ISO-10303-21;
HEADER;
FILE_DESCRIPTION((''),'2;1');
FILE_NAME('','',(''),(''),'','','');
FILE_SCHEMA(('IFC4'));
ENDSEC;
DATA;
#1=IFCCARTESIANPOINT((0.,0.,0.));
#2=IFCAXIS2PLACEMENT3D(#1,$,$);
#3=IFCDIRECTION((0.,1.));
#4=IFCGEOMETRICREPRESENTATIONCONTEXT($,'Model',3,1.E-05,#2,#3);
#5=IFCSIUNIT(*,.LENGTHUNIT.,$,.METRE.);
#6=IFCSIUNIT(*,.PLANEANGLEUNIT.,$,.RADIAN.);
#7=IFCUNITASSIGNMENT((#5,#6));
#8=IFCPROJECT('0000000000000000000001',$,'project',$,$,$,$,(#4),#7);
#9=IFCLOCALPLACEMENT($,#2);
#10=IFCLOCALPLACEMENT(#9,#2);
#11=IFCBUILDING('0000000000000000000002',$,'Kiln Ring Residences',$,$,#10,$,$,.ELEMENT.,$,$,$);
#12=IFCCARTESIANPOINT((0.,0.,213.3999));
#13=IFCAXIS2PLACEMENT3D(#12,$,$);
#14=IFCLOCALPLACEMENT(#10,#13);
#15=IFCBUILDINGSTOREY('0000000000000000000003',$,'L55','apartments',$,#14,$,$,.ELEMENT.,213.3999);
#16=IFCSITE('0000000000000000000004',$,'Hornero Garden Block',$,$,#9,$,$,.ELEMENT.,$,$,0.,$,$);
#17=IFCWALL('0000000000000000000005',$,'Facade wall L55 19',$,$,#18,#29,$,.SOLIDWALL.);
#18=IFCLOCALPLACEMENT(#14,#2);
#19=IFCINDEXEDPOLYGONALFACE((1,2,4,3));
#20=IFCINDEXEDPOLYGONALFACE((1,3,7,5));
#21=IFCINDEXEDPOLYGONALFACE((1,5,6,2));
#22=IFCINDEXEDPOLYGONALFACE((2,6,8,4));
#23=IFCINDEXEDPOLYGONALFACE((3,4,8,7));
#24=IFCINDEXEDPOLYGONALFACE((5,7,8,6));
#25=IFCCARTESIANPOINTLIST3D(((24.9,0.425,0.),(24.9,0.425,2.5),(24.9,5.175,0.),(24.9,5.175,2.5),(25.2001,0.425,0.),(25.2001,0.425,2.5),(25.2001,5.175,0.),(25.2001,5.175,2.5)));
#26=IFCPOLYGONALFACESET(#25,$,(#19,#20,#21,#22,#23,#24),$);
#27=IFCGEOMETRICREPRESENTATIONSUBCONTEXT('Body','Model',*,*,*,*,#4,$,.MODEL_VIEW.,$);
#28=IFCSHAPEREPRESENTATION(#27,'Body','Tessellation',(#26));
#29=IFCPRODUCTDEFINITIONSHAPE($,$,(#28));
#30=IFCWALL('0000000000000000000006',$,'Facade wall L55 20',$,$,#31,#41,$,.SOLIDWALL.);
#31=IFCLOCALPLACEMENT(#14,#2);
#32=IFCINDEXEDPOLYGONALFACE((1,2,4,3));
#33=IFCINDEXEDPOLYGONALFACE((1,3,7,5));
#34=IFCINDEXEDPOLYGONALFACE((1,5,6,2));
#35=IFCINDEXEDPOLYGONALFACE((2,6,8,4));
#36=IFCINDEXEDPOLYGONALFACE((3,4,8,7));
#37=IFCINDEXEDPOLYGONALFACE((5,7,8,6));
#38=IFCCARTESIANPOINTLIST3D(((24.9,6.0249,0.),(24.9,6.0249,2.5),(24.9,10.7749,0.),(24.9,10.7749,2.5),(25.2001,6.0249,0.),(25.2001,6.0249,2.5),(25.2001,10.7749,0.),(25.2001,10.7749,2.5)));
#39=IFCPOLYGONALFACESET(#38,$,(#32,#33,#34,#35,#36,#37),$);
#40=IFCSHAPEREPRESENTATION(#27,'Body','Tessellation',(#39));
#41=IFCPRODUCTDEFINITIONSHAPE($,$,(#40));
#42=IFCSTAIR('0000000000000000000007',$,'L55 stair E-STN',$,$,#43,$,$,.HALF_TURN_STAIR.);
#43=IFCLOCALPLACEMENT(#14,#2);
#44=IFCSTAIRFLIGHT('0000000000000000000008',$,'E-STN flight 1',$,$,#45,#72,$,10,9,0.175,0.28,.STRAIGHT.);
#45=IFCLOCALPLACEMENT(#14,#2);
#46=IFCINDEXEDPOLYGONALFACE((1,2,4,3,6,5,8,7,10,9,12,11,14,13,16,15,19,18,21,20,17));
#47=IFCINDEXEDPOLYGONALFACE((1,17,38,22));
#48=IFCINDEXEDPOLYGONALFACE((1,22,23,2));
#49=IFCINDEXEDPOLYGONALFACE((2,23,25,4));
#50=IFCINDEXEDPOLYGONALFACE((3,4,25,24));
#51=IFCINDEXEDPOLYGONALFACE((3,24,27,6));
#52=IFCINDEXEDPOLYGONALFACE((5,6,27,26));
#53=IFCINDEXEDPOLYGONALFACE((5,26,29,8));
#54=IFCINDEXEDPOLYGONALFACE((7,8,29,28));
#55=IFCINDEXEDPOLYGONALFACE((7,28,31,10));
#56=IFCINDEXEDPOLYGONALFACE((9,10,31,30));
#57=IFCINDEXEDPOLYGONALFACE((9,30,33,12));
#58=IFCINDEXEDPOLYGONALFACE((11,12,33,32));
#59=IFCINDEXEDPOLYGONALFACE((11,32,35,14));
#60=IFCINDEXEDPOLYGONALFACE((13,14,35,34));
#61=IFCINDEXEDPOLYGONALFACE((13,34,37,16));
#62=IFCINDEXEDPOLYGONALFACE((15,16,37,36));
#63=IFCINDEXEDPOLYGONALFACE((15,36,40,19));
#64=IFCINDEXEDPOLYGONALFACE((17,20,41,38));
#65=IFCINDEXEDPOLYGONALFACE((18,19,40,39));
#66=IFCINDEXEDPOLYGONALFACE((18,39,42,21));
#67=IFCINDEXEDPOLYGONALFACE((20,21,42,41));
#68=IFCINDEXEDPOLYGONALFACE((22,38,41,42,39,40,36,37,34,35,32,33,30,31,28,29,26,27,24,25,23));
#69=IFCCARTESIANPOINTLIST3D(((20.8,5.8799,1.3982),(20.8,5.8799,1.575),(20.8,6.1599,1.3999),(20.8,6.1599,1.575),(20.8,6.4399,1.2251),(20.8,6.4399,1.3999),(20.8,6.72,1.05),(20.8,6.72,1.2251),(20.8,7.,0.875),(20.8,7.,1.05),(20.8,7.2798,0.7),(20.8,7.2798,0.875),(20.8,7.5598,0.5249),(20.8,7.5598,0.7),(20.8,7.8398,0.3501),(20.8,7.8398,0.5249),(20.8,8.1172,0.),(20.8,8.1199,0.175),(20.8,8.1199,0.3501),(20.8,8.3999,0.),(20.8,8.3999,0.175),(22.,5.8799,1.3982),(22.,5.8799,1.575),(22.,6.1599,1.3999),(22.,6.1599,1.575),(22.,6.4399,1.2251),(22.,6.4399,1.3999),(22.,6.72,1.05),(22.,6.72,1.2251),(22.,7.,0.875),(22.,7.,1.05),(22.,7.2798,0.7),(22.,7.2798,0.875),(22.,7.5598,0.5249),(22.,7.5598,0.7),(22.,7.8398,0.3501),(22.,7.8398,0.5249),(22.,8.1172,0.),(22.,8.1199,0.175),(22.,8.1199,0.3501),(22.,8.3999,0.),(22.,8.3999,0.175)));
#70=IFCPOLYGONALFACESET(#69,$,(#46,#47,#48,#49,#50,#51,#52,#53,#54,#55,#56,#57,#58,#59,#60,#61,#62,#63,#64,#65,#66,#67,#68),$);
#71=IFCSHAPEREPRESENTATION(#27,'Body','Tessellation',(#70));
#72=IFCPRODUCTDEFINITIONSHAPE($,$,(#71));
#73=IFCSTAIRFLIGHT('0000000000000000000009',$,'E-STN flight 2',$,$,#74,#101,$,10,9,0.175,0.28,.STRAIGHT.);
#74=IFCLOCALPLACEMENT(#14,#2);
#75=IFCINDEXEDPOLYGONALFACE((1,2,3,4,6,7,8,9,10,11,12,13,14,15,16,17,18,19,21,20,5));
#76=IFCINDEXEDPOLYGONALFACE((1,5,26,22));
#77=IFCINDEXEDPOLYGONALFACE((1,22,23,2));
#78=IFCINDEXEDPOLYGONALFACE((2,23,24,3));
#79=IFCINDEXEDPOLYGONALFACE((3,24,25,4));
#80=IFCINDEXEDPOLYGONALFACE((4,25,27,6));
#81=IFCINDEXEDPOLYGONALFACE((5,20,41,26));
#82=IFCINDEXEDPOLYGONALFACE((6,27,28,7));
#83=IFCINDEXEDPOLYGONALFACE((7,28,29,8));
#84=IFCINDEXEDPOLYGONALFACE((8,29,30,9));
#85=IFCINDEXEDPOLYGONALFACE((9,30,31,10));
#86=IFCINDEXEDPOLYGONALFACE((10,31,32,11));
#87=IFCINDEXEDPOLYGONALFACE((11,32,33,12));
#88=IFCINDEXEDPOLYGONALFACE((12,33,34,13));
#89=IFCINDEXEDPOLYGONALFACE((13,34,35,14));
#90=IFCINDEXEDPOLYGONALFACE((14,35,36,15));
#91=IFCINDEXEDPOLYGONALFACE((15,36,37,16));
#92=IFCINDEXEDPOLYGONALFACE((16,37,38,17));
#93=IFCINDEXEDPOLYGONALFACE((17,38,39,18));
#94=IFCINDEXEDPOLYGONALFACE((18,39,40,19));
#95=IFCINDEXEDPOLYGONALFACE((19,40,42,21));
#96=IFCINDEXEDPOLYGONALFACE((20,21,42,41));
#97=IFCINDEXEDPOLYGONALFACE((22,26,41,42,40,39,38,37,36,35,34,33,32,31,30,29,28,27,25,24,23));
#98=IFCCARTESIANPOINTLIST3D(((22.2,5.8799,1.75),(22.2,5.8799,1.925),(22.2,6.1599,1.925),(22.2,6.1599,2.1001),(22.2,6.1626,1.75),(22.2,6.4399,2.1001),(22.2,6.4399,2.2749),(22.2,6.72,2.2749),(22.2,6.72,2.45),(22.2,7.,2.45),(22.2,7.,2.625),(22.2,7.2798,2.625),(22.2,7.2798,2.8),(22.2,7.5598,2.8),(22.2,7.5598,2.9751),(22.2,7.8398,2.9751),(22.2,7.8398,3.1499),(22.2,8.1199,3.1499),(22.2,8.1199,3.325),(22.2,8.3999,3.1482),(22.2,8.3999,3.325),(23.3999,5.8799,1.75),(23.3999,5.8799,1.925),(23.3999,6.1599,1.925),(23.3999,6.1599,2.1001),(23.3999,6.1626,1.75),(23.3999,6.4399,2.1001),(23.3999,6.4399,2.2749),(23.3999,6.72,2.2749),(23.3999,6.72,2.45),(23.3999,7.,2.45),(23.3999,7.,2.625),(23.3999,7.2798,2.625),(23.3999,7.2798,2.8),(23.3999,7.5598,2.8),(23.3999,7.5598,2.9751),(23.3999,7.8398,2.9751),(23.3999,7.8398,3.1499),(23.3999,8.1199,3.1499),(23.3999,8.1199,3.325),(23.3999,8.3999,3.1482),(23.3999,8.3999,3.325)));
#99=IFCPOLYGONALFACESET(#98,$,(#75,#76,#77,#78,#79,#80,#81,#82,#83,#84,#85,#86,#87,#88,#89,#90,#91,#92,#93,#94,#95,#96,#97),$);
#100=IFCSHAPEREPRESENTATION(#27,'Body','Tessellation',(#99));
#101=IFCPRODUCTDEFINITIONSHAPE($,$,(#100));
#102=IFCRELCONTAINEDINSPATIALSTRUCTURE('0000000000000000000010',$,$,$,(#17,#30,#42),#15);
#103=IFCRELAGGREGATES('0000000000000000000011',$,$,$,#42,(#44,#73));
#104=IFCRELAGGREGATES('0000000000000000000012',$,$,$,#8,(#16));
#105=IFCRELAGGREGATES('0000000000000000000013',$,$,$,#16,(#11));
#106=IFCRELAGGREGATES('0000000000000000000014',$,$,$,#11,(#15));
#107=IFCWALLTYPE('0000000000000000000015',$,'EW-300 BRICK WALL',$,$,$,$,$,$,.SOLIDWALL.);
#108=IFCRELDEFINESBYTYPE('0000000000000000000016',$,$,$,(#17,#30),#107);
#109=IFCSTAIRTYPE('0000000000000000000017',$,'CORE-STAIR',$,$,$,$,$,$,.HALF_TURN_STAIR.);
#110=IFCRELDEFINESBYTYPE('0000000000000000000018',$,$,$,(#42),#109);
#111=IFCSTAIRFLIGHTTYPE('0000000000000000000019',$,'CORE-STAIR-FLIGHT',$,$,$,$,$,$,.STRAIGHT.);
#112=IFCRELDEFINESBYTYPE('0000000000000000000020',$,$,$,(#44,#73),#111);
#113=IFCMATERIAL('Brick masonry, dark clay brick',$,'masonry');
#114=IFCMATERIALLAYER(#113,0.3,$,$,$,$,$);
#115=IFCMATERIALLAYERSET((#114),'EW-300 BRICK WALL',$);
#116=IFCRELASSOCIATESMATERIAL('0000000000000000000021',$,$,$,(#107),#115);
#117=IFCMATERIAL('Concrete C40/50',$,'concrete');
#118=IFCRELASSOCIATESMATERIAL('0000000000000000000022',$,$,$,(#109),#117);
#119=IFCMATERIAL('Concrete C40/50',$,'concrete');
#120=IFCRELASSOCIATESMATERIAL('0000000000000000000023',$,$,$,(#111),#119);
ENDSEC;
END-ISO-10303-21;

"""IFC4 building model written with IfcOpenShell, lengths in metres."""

from ifc_helpers import new_model, si_unit, direction, frame, frame_2d, origin, place, context, subcontext, project, spatial, polyline, rectangle, outline, extrude, material, layer, layer_set, type_object, element, aggregate, save


model = new_model("IFC4")

# Units and contexts
model_context = context("Model", 3, precision=1e-05, world=origin(), true_north=direction((0.0, 1.0)))
body_context = subcontext(model_context, "Body", "Model", "MODEL_VIEW")
ifc_project = project(units=[si_unit("LENGTHUNIT", "METRE"), si_unit("PLANEANGLEUNIT", "RADIAN")], contexts=[model_context])

# Site, building, storey
site_placement = place(None, origin())
site = spatial("IfcSite", under=ifc_project, at=site_placement, Name="Hornero Garden Block", CompositionType="ELEMENT", RefElevation=0.0)
building_placement = place(site_placement, origin())
building = spatial("IfcBuilding", under=site, at=building_placement, Name="Kiln Ring Residences", CompositionType="ELEMENT")
storey_placement = place(building_placement, frame((0.0, 0.0, 213.3999)))
storey = spatial("IfcBuildingStorey", under=building, at=storey_placement, Name="L55", Description="apartments", CompositionType="ELEMENT", Elevation=213.3999)

# Walls
ifc_material_1 = material(Name="Brick masonry, dark clay brick", Category="masonry")
ifc_layer_1 = layer(ifc_material_1, 0.3)
ifc_layer_set_1 = layer_set([ifc_layer_1], Name="EW-300 BRICK WALL")
wall_type_1 = type_object("IfcWallType", Name="EW-300 BRICK WALL", PredefinedType="SOLIDWALL", material=ifc_layer_set_1)
for number, where, z_axis, x_axis, name in (
    (1, (25.05, 0.425, 0.0), (0.0, 0.0, 1.0), (0.0, 1.0, 0.0), "Facade wall L55 19"),
    (2, (25.05, 6.0249, 0.0), (0.0, 0.0, 1.0), (0.0, 1.0, 0.0), "Facade wall L55 20"),
):
    element("IfcWall", number, at=place(storey_placement, frame(where, z_axis=z_axis, x_axis=x_axis)), inside=storey, type_object=wall_type_1, Name=name, PredefinedType="SOLIDWALL", context=body_context, shape_type="SweptSolid", body=[
        extrude(rectangle(XDim=4.75, YDim=0.3, at=frame_2d((2.375, 0.0))), origin(), (0.0, 0.0, 1.0), 2.5),
    ])

# Stair, stair flights
ifc_material_2 = material(Name="Concrete C40/50", Category="concrete")
stair_type = type_object("IfcStairType", Name="CORE-STAIR", PredefinedType="HALF_TURN_STAIR", material=ifc_material_2)
stair_placement = place(storey_placement, origin())
stair = element("IfcStair", 3, at=stair_placement, inside=storey, type_object=stair_type, Name="L55 stair E-STN", PredefinedType="HALF_TURN_STAIR")
ifc_material_3 = material(Name="Concrete C40/50", Category="concrete")
stair_flight_type = type_object("IfcStairFlightType", Name="CORE-STAIR-FLIGHT", PredefinedType="STRAIGHT", material=ifc_material_3)
stair_flight_1_placement = place(storey_placement, frame((21.3999, 8.3999, 0.0), z_axis=(0.0, 0.0, 1.0), x_axis=(0.0, -1.0, 0.0)))
stair_flight_1 = element("IfcStairFlight", 4, at=stair_flight_1_placement, type_object=stair_flight_type, Name="E-STN flight 1", NumberOfRisers=10, NumberOfTreads=9, PredefinedType="STRAIGHT", RiserHeight=0.175, TreadLength=0.28, context=body_context, shape_type="SweptSolid", body=[
    extrude(outline(polyline([(0.0, 0.0), (0.0, 0.175), (0.28, 0.175), (0.28, 0.3501), (0.5601, 0.3501), (0.5601, 0.5249), (0.8401, 0.5249), (0.8401, 0.7), (1.1201, 0.7), (1.1201, 0.875), (1.3999, 0.875), (1.3999, 1.05), (1.6799, 1.05), (1.6799, 1.2251), (1.96, 1.2251), (1.96, 1.3999), (2.24, 1.3999), (2.24, 1.575), (2.52, 1.575), (2.52, 1.75), (2.52, 1.3982), (0.2827, 0.0), (0.0, 0.0)])), frame((0.0, 0.6001, 0.0), z_axis=(0.0, -1.0, 0.0), x_axis=(1.0, 0.0, 0.0)), (0.0, 0.0, 1.0), 1.2),
])
stair_flight_2_placement = place(storey_placement, frame((22.8, 5.8799, 1.75), z_axis=(0.0, 0.0, 1.0), x_axis=(0.0, 1.0, 0.0)))
stair_flight_2 = element("IfcStairFlight", 5, at=stair_flight_2_placement, type_object=stair_flight_type, Name="E-STN flight 2", NumberOfRisers=10, NumberOfTreads=9, PredefinedType="STRAIGHT", RiserHeight=0.175, TreadLength=0.28, context=body_context, shape_type="SweptSolid", body=[
    extrude(outline(polyline([(0.0, 0.0), (0.0, 0.175), (0.28, 0.175), (0.28, 0.3501), (0.5601, 0.3501), (0.5601, 0.5249), (0.8401, 0.5249), (0.8401, 0.7), (1.1201, 0.7), (1.1201, 0.875), (1.3999, 0.875), (1.3999, 1.05), (1.6799, 1.05), (1.6799, 1.2251), (1.96, 1.2251), (1.96, 1.3999), (2.24, 1.3999), (2.24, 1.575), (2.52, 1.575), (2.52, 1.75), (2.52, 1.3982), (0.2827, 0.0), (0.0, 0.0)])), frame((0.0, 0.6001, 0.0), z_axis=(0.0, -1.0, 0.0), x_axis=(1.0, 0.0, 0.0)), (0.0, 0.0, 1.0), 1.2),
])
aggregate(stair, [stair_flight_1, stair_flight_2])

save(model, "model.ifc")
